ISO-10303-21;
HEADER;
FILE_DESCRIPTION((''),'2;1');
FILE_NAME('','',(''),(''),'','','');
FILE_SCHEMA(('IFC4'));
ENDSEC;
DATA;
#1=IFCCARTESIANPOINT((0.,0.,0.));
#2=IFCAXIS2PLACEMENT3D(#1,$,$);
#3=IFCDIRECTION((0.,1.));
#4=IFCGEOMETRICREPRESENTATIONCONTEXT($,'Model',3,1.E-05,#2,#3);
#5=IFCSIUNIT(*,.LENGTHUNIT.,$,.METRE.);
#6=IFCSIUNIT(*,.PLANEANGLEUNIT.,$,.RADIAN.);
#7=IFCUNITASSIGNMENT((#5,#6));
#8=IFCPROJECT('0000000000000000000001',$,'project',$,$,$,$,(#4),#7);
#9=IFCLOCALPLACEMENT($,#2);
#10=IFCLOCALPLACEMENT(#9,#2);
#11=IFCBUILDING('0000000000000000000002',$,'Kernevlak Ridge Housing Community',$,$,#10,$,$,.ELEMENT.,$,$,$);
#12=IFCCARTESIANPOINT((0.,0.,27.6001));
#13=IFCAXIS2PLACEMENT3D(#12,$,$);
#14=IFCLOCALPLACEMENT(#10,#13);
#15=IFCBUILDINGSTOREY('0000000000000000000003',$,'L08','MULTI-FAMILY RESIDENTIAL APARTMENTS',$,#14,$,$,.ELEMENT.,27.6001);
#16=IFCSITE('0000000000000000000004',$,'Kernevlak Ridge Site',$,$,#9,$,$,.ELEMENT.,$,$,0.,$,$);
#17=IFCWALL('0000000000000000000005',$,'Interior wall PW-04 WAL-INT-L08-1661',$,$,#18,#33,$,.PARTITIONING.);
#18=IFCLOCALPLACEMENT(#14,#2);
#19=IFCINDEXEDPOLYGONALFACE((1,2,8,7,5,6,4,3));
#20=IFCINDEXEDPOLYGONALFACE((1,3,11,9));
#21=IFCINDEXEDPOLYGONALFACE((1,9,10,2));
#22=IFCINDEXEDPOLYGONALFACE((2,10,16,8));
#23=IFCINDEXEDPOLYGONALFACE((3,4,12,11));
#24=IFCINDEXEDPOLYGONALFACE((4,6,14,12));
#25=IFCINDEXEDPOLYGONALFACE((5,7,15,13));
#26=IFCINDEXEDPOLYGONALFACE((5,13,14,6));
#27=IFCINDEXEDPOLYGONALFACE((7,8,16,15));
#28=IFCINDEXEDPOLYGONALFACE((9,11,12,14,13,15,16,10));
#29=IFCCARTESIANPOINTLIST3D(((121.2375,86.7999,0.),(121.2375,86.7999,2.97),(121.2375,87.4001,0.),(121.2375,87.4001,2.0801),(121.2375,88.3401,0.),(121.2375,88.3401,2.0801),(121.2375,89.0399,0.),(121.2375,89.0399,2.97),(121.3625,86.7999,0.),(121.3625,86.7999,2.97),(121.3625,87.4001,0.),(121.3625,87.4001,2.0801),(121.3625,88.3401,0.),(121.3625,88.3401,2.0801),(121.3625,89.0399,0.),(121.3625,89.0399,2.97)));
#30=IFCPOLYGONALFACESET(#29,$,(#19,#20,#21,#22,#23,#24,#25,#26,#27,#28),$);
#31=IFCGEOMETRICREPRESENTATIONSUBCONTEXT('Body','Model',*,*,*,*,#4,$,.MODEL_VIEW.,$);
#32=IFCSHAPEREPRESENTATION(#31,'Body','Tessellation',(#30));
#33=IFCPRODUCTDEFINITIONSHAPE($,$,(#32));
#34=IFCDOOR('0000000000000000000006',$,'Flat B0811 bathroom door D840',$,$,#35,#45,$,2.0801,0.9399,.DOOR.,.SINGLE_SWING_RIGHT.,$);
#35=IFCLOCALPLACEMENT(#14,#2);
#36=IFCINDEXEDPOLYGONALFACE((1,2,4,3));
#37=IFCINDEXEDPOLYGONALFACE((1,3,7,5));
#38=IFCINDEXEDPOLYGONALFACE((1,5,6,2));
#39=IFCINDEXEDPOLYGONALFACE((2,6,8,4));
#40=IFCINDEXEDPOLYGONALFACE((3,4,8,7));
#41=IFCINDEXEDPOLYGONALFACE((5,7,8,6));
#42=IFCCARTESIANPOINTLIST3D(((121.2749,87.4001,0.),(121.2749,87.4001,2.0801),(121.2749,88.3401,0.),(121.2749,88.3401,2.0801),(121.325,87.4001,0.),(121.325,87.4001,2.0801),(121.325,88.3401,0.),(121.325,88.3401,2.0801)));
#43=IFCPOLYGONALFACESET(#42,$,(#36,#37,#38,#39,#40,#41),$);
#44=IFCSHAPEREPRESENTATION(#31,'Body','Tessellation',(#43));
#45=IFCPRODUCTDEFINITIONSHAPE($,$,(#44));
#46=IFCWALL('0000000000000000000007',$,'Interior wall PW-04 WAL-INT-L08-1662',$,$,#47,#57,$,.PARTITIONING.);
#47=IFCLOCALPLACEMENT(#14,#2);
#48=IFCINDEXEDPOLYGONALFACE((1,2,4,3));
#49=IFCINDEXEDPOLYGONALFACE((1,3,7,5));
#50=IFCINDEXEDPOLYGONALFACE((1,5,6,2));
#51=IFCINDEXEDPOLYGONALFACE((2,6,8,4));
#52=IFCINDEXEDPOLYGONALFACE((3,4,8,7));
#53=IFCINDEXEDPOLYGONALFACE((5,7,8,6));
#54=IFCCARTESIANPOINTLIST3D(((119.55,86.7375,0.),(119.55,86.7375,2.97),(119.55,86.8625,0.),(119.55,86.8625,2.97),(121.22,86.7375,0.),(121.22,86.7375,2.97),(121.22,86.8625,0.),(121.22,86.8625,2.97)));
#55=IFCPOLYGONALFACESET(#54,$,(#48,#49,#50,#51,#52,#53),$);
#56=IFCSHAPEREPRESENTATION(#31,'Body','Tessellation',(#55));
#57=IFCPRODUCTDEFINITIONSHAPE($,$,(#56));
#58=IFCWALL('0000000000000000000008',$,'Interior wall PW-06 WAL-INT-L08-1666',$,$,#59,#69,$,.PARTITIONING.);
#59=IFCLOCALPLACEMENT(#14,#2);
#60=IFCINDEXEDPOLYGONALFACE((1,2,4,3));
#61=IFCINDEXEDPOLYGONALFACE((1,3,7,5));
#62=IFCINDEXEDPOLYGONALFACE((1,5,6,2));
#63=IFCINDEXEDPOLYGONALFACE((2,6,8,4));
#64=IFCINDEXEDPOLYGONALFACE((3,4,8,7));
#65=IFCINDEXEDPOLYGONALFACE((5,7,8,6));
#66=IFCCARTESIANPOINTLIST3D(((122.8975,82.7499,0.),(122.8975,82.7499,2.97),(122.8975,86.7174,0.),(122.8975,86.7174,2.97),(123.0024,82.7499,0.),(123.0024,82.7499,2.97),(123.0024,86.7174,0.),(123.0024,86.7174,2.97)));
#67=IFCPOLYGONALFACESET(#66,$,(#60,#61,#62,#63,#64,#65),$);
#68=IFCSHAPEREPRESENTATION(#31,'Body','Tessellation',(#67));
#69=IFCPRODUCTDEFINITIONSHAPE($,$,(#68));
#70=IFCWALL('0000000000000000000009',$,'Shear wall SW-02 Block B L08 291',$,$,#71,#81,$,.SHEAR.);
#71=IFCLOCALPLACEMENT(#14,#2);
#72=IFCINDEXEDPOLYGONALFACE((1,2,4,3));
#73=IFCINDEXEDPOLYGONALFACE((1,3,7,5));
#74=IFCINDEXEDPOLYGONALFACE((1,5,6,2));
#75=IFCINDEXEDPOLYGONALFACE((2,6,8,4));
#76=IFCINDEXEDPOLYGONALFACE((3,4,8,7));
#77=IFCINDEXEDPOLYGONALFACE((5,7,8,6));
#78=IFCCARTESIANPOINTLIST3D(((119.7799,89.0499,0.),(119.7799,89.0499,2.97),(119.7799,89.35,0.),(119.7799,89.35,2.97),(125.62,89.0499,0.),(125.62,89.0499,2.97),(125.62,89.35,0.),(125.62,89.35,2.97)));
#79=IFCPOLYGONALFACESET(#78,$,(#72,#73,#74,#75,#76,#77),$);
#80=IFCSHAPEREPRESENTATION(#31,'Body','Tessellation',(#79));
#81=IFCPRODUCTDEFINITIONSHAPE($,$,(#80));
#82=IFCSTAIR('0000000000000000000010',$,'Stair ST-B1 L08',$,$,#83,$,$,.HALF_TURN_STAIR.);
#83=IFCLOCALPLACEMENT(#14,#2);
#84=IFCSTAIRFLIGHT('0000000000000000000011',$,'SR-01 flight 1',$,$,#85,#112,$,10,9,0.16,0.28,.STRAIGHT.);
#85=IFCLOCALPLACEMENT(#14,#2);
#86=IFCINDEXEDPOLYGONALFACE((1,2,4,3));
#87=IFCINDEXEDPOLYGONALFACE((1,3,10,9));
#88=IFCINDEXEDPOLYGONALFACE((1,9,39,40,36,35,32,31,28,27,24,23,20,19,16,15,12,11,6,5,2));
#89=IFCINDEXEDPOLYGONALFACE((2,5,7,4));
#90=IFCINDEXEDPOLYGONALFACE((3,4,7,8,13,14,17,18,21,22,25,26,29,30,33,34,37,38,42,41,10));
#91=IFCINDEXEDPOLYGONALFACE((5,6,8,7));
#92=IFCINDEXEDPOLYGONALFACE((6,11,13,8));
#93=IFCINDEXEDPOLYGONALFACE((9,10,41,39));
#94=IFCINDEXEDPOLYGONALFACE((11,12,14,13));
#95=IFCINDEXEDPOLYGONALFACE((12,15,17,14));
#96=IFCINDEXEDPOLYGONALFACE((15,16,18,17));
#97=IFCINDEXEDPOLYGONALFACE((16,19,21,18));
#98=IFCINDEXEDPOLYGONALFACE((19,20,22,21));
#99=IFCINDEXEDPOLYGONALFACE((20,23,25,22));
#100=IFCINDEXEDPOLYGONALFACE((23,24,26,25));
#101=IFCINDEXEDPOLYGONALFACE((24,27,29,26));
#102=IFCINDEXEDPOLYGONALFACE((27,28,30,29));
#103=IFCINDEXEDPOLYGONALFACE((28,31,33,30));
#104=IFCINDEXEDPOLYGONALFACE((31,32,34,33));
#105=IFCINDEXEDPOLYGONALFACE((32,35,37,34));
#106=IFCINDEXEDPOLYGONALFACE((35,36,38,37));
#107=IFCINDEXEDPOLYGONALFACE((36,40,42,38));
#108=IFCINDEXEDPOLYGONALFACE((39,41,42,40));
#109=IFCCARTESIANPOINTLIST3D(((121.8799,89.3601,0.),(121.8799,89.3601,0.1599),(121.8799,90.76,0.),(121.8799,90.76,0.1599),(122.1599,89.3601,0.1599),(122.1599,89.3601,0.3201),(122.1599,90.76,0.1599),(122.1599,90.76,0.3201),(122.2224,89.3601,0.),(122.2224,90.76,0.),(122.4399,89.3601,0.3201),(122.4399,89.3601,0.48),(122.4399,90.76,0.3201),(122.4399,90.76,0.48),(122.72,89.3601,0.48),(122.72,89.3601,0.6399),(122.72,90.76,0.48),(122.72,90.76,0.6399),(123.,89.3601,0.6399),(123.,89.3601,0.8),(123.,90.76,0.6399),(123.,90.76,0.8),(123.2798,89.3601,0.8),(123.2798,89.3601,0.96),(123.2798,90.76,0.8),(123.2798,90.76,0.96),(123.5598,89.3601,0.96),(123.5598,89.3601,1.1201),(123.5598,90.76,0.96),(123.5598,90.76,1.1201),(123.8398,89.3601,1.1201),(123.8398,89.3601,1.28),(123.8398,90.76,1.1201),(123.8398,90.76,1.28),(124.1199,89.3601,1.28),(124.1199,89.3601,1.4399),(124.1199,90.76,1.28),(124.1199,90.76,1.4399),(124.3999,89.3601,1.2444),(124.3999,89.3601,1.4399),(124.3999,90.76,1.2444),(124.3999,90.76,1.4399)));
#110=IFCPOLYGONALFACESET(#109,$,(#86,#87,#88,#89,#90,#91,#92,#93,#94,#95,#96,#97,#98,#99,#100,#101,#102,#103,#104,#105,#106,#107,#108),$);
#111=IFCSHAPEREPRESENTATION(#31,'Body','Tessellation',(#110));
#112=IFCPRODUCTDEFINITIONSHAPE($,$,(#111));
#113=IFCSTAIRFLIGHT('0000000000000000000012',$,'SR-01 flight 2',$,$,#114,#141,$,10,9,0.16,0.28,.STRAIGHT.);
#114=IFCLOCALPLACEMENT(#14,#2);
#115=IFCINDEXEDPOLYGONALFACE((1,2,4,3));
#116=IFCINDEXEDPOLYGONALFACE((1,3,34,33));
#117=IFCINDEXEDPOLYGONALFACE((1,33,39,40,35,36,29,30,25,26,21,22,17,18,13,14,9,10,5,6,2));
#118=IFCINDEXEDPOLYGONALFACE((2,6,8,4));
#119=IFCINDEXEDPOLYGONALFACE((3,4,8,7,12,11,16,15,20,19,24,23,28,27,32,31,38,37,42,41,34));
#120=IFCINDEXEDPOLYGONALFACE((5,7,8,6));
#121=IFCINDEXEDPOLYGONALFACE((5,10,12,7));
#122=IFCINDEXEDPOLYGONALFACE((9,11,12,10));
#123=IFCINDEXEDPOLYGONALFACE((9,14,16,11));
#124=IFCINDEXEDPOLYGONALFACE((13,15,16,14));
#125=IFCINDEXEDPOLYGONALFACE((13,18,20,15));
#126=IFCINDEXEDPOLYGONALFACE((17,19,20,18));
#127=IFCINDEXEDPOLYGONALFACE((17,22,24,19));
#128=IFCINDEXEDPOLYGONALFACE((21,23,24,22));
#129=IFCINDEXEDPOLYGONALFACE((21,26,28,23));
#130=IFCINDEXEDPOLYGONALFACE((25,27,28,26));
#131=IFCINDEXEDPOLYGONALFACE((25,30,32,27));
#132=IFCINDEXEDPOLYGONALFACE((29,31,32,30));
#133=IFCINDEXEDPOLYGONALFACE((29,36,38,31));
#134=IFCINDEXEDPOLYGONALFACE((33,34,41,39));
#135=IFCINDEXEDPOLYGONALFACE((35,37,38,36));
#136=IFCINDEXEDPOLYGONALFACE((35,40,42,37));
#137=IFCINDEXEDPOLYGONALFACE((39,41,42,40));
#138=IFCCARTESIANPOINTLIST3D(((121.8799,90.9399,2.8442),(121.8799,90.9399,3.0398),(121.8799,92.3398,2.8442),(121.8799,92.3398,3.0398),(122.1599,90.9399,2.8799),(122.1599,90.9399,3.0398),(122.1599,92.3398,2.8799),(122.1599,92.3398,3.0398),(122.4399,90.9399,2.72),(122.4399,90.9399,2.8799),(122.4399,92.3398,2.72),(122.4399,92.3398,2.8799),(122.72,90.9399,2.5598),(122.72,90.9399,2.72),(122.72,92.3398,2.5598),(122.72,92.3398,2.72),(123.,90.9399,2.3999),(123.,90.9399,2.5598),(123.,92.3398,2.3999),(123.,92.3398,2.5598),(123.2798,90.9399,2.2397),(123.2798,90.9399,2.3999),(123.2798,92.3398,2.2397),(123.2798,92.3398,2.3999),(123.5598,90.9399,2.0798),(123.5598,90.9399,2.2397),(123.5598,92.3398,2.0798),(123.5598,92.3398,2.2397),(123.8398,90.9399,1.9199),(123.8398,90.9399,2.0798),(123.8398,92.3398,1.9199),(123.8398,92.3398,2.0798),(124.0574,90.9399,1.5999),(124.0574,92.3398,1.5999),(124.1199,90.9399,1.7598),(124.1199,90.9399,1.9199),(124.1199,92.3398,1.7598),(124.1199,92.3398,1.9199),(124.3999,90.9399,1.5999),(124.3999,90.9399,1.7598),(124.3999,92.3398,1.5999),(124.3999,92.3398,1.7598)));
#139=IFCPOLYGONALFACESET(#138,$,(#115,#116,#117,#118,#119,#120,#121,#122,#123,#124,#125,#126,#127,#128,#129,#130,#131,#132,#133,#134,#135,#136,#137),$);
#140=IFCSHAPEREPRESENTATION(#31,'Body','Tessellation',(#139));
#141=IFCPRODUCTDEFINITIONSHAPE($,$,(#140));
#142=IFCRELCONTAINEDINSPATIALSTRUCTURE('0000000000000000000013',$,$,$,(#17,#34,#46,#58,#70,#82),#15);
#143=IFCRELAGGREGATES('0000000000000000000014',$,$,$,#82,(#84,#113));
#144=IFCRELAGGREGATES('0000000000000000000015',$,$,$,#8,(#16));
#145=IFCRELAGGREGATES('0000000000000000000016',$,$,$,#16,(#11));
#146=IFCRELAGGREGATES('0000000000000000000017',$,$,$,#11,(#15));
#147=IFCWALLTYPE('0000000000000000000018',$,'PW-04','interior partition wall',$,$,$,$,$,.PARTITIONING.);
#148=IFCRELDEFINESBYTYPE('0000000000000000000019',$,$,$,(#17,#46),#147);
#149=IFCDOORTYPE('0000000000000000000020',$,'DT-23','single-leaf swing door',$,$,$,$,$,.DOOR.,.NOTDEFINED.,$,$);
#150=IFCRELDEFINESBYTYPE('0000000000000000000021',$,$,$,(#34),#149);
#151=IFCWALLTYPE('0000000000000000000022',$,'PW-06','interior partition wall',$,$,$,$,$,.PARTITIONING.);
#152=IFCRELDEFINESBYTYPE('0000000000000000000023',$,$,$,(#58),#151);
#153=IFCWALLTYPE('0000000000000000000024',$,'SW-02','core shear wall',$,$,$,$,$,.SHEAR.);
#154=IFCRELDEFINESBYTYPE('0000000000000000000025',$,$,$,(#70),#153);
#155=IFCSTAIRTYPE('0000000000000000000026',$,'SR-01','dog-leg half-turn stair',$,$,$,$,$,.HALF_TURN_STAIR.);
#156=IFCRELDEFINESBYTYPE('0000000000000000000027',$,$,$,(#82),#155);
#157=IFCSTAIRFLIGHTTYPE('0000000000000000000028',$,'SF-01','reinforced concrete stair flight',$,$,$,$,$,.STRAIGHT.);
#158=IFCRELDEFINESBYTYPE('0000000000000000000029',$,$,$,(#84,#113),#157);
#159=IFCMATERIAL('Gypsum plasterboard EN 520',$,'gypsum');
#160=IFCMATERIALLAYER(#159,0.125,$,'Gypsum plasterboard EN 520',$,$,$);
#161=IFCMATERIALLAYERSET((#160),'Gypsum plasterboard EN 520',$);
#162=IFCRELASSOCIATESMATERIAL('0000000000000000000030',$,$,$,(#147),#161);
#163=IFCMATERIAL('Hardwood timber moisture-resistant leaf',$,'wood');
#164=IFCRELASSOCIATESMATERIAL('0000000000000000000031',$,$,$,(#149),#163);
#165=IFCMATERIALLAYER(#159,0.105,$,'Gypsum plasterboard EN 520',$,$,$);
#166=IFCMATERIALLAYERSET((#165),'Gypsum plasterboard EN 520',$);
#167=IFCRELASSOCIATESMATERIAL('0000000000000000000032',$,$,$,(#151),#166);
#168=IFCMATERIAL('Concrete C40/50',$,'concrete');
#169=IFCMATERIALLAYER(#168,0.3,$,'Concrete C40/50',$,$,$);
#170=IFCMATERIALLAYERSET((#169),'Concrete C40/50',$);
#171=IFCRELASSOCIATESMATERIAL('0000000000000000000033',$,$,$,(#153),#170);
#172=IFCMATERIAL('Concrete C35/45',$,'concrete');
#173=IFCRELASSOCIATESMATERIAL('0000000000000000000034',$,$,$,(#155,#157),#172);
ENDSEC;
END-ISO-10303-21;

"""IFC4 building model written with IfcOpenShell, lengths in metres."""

from ifc_helpers import new_model, si_unit, direction, frame, frame_2d, origin, place, context, subcontext, project, spatial, polyline, rectangle, outline, extrude, material, layer, layer_set, type_object, element, fill, aggregate, save


model = new_model("IFC4")

# Units and contexts
model_context = context("Model", 3, precision=1e-05, world=origin(), true_north=direction((0.0, 1.0)))
body_context = subcontext(model_context, "Body", "Model", "MODEL_VIEW")
ifc_project = project(units=[si_unit("LENGTHUNIT", "METRE"), si_unit("PLANEANGLEUNIT", "RADIAN")], contexts=[model_context])

# Site, building, storey
site_placement = place(None, origin())
site = spatial("IfcSite", under=ifc_project, at=site_placement, Name="Kernevlak Ridge Site", CompositionType="ELEMENT", RefElevation=0.0)
building_placement = place(site_placement, origin())
building = spatial("IfcBuilding", under=site, at=building_placement, Name="Kernevlak Ridge Housing Community", CompositionType="ELEMENT")
storey_placement = place(building_placement, frame((0.0, 0.0, 27.6001)))
storey = spatial("IfcBuildingStorey", under=building, at=storey_placement, Name="L08", Description="MULTI-FAMILY RESIDENTIAL APARTMENTS", CompositionType="ELEMENT", Elevation=27.6001)

# Shared definitions
ifc_material_1 = material(Name="Concrete C35/45", Category="concrete")

# Wall, opening, door
ifc_material_2 = material(Name="Gypsum plasterboard EN 520", Category="gypsum")
ifc_layer_1 = layer(ifc_material_2, 0.125, Name="Gypsum plasterboard EN 520")
ifc_layer_set_1 = layer_set([ifc_layer_1], Name="Gypsum plasterboard EN 520")
wall_type_1 = type_object("IfcWallType", Name="PW-04", Description="interior partition wall", PredefinedType="PARTITIONING", material=ifc_layer_set_1)
wall_1_placement = place(storey_placement, frame((121.3, 89.04, 0.0), z_axis=(0.0, 0.0, 1.0), x_axis=(0.0, -1.0, 0.0)))
wall_1 = element("IfcWall", 1, at=wall_1_placement, inside=storey, type_object=wall_type_1, Name="Interior wall PW-04 WAL-INT-L08-1661", PredefinedType="PARTITIONING", context=body_context, shape_type="SweptSolid", body=[
    extrude(rectangle(XDim=2.24, YDim=0.125, at=frame_2d((1.1201, 0.0))), origin(), (0.0, 0.0, 1.0), 2.97),
])
opening_1_placement = place(wall_1_placement, frame((0.7, 0.0, 0.0)))
opening_1 = element("IfcOpeningElement", 2, at=opening_1_placement, cuts=wall_1, PredefinedType="OPENING", context=body_context, shape_type="SweptSolid", body=[
    extrude(rectangle(XDim=0.9399, YDim=2.0801, at=frame_2d((0.47, 1.04))), frame((0.0, 0.0725, 0.0), z_axis=(0.0, -1.0, 0.0), x_axis=(1.0, 0.0, 0.0)), (0.0, 0.0, 1.0), 0.145),
])
ifc_material_3 = material(Name="Hardwood timber moisture-resistant leaf", Category="wood")
door_type_1 = type_object("IfcDoorType", Name="DT-23", Description="single-leaf swing door", OperationType="NOTDEFINED", PredefinedType="DOOR", material=ifc_material_3)
door_1_placement = place(opening_1_placement, origin())
door_1 = element("IfcDoor", 3, at=door_1_placement, inside=storey, type_object=door_type_1, Name="Flat B0811 bathroom door D840", OperationType="SINGLE_SWING_RIGHT", OverallHeight=2.0801, OverallWidth=0.9399, PredefinedType="DOOR", context=body_context, shape_type="SweptSolid", body=[
    extrude(rectangle(XDim=0.9399, YDim=2.0801, at=frame_2d((0.47, 1.04))), frame((0.0, 0.0249, 0.0), z_axis=(0.0, -1.0, 0.0), x_axis=(1.0, 0.0, 0.0)), (0.0, 0.0, 1.0), 0.05),
])
fill(opening_1, door_1)

# Walls
wall_2_placement = place(storey_placement, frame((119.55, 86.8, 0.0), z_axis=(0.0, 0.0, 1.0), x_axis=(1.0, 0.0, 0.0)))
element("IfcWall", 4, at=wall_2_placement, inside=storey, type_object=wall_type_1, Name="Interior wall PW-04 WAL-INT-L08-1662", PredefinedType="PARTITIONING", context=body_context, shape_type="SweptSolid", body=[
    extrude(rectangle(XDim=1.6699, YDim=0.125, at=frame_2d((0.835, 0.0))), origin(), (0.0, 0.0, 1.0), 2.97),
])
ifc_layer_2 = layer(ifc_material_2, 0.105, Name="Gypsum plasterboard EN 520")
ifc_layer_set_2 = layer_set([ifc_layer_2], Name="Gypsum plasterboard EN 520")
wall_type_2 = type_object("IfcWallType", Name="PW-06", Description="interior partition wall", PredefinedType="PARTITIONING", material=ifc_layer_set_2)
wall_3_placement = place(storey_placement, frame((122.95, 86.7175, 0.0), z_axis=(0.0, 0.0, 1.0), x_axis=(0.0, -1.0, 0.0)))
element("IfcWall", 5, at=wall_3_placement, inside=storey, type_object=wall_type_2, Name="Interior wall PW-06 WAL-INT-L08-1666", PredefinedType="PARTITIONING", context=body_context, shape_type="SweptSolid", body=[
    extrude(rectangle(XDim=3.9675, YDim=0.105, at=frame_2d((1.9839, 0.0))), origin(), (0.0, 0.0, 1.0), 2.97),
])
ifc_material_4 = material(Name="Concrete C40/50", Category="concrete")
ifc_layer_3 = layer(ifc_material_4, 0.3, Name="Concrete C40/50")
ifc_layer_set_3 = layer_set([ifc_layer_3], Name="Concrete C40/50")
wall_type_3 = type_object("IfcWallType", Name="SW-02", Description="core shear wall", PredefinedType="SHEAR", material=ifc_layer_set_3)
wall_4_placement = place(storey_placement, frame((119.78, 89.2, 0.0), z_axis=(0.0, 0.0, 1.0), x_axis=(1.0, 0.0, 0.0)))
element("IfcWall", 6, at=wall_4_placement, inside=storey, type_object=wall_type_3, Name="Shear wall SW-02 Block B L08 291", PredefinedType="SHEAR", context=body_context, shape_type="SweptSolid", body=[
    extrude(rectangle(XDim=5.8401, YDim=0.3, at=frame_2d((2.9199, 0.0))), origin(), (0.0, 0.0, 1.0), 2.97),
])

# Stair, stair flights
stair_type = type_object("IfcStairType", Name="SR-01", Description="dog-leg half-turn stair", PredefinedType="HALF_TURN_STAIR", material=ifc_material_1)
stair_placement = place(storey_placement, origin())
stair = element("IfcStair", 7, at=stair_placement, inside=storey, type_object=stair_type, Name="Stair ST-B1 L08", PredefinedType="HALF_TURN_STAIR")
stair_flight_type = type_object("IfcStairFlightType", Name="SF-01", Description="reinforced concrete stair flight", PredefinedType="STRAIGHT", material=ifc_material_1)
stair_flight_1_placement = place(storey_placement, frame((121.8799, 90.0601, 0.0), z_axis=(0.0, 0.0, 1.0), x_axis=(1.0, 0.0, 0.0)))
stair_flight_1 = element("IfcStairFlight", 8, at=stair_flight_1_placement, type_object=stair_flight_type, Name="SR-01 flight 1", NumberOfRisers=10, NumberOfTreads=9, PredefinedType="STRAIGHT", RiserHeight=0.16, TreadLength=0.28, context=body_context, shape_type="SweptSolid", body=[
    extrude(outline(polyline([(0.0, 0.0), (0.0, 0.1599), (0.28, 0.1599), (0.28, 0.3201), (0.5601, 0.3201), (0.5601, 0.48), (0.8401, 0.48), (0.8401, 0.6399), (1.1201, 0.6399), (1.1201, 0.8), (1.3999, 0.8), (1.3999, 0.96), (1.6799, 0.96), (1.6799, 1.1201), (1.96, 1.1201), (1.96, 1.28), (2.24, 1.28), (2.24, 1.4399), (2.52, 1.4399), (2.52, 1.6001), (2.52, 1.2444), (0.3425, 0.0), (0.0, 0.0)])), frame((0.0, 0.7, 0.0), z_axis=(0.0, -1.0, 0.0), x_axis=(1.0, 0.0, 0.0)), (0.0, 0.0, 1.0), 1.3999),
])
stair_flight_2_placement = place(storey_placement, frame((124.3999, 91.6399, 1.5999), z_axis=(0.0, 0.0, 1.0), x_axis=(-1.0, 0.0, 0.0)))
stair_flight_2 = element("IfcStairFlight", 9, at=stair_flight_2_placement, type_object=stair_flight_type, Name="SR-01 flight 2", NumberOfRisers=10, NumberOfTreads=9, PredefinedType="STRAIGHT", RiserHeight=0.16, TreadLength=0.28, context=body_context, shape_type="SweptSolid", body=[
    extrude(outline(polyline([(0.0, 0.0), (0.0, 0.1599), (0.28, 0.1599), (0.28, 0.3201), (0.5601, 0.3201), (0.5601, 0.48), (0.8401, 0.48), (0.8401, 0.6399), (1.1201, 0.6399), (1.1201, 0.8), (1.3999, 0.8), (1.3999, 0.96), (1.6799, 0.96), (1.6799, 1.1201), (1.96, 1.1201), (1.96, 1.28), (2.24, 1.28), (2.24, 1.4399), (2.52, 1.4399), (2.52, 1.6001), (2.52, 1.2444), (0.3425, 0.0), (0.0, 0.0)])), frame((0.0, 0.7, 0.0), z_axis=(0.0, -1.0, 0.0), x_axis=(1.0, 0.0, 0.0)), (0.0, 0.0, 1.0), 1.3999),
])
aggregate(stair, [stair_flight_1, stair_flight_2])

save(model, "model.ifc")
